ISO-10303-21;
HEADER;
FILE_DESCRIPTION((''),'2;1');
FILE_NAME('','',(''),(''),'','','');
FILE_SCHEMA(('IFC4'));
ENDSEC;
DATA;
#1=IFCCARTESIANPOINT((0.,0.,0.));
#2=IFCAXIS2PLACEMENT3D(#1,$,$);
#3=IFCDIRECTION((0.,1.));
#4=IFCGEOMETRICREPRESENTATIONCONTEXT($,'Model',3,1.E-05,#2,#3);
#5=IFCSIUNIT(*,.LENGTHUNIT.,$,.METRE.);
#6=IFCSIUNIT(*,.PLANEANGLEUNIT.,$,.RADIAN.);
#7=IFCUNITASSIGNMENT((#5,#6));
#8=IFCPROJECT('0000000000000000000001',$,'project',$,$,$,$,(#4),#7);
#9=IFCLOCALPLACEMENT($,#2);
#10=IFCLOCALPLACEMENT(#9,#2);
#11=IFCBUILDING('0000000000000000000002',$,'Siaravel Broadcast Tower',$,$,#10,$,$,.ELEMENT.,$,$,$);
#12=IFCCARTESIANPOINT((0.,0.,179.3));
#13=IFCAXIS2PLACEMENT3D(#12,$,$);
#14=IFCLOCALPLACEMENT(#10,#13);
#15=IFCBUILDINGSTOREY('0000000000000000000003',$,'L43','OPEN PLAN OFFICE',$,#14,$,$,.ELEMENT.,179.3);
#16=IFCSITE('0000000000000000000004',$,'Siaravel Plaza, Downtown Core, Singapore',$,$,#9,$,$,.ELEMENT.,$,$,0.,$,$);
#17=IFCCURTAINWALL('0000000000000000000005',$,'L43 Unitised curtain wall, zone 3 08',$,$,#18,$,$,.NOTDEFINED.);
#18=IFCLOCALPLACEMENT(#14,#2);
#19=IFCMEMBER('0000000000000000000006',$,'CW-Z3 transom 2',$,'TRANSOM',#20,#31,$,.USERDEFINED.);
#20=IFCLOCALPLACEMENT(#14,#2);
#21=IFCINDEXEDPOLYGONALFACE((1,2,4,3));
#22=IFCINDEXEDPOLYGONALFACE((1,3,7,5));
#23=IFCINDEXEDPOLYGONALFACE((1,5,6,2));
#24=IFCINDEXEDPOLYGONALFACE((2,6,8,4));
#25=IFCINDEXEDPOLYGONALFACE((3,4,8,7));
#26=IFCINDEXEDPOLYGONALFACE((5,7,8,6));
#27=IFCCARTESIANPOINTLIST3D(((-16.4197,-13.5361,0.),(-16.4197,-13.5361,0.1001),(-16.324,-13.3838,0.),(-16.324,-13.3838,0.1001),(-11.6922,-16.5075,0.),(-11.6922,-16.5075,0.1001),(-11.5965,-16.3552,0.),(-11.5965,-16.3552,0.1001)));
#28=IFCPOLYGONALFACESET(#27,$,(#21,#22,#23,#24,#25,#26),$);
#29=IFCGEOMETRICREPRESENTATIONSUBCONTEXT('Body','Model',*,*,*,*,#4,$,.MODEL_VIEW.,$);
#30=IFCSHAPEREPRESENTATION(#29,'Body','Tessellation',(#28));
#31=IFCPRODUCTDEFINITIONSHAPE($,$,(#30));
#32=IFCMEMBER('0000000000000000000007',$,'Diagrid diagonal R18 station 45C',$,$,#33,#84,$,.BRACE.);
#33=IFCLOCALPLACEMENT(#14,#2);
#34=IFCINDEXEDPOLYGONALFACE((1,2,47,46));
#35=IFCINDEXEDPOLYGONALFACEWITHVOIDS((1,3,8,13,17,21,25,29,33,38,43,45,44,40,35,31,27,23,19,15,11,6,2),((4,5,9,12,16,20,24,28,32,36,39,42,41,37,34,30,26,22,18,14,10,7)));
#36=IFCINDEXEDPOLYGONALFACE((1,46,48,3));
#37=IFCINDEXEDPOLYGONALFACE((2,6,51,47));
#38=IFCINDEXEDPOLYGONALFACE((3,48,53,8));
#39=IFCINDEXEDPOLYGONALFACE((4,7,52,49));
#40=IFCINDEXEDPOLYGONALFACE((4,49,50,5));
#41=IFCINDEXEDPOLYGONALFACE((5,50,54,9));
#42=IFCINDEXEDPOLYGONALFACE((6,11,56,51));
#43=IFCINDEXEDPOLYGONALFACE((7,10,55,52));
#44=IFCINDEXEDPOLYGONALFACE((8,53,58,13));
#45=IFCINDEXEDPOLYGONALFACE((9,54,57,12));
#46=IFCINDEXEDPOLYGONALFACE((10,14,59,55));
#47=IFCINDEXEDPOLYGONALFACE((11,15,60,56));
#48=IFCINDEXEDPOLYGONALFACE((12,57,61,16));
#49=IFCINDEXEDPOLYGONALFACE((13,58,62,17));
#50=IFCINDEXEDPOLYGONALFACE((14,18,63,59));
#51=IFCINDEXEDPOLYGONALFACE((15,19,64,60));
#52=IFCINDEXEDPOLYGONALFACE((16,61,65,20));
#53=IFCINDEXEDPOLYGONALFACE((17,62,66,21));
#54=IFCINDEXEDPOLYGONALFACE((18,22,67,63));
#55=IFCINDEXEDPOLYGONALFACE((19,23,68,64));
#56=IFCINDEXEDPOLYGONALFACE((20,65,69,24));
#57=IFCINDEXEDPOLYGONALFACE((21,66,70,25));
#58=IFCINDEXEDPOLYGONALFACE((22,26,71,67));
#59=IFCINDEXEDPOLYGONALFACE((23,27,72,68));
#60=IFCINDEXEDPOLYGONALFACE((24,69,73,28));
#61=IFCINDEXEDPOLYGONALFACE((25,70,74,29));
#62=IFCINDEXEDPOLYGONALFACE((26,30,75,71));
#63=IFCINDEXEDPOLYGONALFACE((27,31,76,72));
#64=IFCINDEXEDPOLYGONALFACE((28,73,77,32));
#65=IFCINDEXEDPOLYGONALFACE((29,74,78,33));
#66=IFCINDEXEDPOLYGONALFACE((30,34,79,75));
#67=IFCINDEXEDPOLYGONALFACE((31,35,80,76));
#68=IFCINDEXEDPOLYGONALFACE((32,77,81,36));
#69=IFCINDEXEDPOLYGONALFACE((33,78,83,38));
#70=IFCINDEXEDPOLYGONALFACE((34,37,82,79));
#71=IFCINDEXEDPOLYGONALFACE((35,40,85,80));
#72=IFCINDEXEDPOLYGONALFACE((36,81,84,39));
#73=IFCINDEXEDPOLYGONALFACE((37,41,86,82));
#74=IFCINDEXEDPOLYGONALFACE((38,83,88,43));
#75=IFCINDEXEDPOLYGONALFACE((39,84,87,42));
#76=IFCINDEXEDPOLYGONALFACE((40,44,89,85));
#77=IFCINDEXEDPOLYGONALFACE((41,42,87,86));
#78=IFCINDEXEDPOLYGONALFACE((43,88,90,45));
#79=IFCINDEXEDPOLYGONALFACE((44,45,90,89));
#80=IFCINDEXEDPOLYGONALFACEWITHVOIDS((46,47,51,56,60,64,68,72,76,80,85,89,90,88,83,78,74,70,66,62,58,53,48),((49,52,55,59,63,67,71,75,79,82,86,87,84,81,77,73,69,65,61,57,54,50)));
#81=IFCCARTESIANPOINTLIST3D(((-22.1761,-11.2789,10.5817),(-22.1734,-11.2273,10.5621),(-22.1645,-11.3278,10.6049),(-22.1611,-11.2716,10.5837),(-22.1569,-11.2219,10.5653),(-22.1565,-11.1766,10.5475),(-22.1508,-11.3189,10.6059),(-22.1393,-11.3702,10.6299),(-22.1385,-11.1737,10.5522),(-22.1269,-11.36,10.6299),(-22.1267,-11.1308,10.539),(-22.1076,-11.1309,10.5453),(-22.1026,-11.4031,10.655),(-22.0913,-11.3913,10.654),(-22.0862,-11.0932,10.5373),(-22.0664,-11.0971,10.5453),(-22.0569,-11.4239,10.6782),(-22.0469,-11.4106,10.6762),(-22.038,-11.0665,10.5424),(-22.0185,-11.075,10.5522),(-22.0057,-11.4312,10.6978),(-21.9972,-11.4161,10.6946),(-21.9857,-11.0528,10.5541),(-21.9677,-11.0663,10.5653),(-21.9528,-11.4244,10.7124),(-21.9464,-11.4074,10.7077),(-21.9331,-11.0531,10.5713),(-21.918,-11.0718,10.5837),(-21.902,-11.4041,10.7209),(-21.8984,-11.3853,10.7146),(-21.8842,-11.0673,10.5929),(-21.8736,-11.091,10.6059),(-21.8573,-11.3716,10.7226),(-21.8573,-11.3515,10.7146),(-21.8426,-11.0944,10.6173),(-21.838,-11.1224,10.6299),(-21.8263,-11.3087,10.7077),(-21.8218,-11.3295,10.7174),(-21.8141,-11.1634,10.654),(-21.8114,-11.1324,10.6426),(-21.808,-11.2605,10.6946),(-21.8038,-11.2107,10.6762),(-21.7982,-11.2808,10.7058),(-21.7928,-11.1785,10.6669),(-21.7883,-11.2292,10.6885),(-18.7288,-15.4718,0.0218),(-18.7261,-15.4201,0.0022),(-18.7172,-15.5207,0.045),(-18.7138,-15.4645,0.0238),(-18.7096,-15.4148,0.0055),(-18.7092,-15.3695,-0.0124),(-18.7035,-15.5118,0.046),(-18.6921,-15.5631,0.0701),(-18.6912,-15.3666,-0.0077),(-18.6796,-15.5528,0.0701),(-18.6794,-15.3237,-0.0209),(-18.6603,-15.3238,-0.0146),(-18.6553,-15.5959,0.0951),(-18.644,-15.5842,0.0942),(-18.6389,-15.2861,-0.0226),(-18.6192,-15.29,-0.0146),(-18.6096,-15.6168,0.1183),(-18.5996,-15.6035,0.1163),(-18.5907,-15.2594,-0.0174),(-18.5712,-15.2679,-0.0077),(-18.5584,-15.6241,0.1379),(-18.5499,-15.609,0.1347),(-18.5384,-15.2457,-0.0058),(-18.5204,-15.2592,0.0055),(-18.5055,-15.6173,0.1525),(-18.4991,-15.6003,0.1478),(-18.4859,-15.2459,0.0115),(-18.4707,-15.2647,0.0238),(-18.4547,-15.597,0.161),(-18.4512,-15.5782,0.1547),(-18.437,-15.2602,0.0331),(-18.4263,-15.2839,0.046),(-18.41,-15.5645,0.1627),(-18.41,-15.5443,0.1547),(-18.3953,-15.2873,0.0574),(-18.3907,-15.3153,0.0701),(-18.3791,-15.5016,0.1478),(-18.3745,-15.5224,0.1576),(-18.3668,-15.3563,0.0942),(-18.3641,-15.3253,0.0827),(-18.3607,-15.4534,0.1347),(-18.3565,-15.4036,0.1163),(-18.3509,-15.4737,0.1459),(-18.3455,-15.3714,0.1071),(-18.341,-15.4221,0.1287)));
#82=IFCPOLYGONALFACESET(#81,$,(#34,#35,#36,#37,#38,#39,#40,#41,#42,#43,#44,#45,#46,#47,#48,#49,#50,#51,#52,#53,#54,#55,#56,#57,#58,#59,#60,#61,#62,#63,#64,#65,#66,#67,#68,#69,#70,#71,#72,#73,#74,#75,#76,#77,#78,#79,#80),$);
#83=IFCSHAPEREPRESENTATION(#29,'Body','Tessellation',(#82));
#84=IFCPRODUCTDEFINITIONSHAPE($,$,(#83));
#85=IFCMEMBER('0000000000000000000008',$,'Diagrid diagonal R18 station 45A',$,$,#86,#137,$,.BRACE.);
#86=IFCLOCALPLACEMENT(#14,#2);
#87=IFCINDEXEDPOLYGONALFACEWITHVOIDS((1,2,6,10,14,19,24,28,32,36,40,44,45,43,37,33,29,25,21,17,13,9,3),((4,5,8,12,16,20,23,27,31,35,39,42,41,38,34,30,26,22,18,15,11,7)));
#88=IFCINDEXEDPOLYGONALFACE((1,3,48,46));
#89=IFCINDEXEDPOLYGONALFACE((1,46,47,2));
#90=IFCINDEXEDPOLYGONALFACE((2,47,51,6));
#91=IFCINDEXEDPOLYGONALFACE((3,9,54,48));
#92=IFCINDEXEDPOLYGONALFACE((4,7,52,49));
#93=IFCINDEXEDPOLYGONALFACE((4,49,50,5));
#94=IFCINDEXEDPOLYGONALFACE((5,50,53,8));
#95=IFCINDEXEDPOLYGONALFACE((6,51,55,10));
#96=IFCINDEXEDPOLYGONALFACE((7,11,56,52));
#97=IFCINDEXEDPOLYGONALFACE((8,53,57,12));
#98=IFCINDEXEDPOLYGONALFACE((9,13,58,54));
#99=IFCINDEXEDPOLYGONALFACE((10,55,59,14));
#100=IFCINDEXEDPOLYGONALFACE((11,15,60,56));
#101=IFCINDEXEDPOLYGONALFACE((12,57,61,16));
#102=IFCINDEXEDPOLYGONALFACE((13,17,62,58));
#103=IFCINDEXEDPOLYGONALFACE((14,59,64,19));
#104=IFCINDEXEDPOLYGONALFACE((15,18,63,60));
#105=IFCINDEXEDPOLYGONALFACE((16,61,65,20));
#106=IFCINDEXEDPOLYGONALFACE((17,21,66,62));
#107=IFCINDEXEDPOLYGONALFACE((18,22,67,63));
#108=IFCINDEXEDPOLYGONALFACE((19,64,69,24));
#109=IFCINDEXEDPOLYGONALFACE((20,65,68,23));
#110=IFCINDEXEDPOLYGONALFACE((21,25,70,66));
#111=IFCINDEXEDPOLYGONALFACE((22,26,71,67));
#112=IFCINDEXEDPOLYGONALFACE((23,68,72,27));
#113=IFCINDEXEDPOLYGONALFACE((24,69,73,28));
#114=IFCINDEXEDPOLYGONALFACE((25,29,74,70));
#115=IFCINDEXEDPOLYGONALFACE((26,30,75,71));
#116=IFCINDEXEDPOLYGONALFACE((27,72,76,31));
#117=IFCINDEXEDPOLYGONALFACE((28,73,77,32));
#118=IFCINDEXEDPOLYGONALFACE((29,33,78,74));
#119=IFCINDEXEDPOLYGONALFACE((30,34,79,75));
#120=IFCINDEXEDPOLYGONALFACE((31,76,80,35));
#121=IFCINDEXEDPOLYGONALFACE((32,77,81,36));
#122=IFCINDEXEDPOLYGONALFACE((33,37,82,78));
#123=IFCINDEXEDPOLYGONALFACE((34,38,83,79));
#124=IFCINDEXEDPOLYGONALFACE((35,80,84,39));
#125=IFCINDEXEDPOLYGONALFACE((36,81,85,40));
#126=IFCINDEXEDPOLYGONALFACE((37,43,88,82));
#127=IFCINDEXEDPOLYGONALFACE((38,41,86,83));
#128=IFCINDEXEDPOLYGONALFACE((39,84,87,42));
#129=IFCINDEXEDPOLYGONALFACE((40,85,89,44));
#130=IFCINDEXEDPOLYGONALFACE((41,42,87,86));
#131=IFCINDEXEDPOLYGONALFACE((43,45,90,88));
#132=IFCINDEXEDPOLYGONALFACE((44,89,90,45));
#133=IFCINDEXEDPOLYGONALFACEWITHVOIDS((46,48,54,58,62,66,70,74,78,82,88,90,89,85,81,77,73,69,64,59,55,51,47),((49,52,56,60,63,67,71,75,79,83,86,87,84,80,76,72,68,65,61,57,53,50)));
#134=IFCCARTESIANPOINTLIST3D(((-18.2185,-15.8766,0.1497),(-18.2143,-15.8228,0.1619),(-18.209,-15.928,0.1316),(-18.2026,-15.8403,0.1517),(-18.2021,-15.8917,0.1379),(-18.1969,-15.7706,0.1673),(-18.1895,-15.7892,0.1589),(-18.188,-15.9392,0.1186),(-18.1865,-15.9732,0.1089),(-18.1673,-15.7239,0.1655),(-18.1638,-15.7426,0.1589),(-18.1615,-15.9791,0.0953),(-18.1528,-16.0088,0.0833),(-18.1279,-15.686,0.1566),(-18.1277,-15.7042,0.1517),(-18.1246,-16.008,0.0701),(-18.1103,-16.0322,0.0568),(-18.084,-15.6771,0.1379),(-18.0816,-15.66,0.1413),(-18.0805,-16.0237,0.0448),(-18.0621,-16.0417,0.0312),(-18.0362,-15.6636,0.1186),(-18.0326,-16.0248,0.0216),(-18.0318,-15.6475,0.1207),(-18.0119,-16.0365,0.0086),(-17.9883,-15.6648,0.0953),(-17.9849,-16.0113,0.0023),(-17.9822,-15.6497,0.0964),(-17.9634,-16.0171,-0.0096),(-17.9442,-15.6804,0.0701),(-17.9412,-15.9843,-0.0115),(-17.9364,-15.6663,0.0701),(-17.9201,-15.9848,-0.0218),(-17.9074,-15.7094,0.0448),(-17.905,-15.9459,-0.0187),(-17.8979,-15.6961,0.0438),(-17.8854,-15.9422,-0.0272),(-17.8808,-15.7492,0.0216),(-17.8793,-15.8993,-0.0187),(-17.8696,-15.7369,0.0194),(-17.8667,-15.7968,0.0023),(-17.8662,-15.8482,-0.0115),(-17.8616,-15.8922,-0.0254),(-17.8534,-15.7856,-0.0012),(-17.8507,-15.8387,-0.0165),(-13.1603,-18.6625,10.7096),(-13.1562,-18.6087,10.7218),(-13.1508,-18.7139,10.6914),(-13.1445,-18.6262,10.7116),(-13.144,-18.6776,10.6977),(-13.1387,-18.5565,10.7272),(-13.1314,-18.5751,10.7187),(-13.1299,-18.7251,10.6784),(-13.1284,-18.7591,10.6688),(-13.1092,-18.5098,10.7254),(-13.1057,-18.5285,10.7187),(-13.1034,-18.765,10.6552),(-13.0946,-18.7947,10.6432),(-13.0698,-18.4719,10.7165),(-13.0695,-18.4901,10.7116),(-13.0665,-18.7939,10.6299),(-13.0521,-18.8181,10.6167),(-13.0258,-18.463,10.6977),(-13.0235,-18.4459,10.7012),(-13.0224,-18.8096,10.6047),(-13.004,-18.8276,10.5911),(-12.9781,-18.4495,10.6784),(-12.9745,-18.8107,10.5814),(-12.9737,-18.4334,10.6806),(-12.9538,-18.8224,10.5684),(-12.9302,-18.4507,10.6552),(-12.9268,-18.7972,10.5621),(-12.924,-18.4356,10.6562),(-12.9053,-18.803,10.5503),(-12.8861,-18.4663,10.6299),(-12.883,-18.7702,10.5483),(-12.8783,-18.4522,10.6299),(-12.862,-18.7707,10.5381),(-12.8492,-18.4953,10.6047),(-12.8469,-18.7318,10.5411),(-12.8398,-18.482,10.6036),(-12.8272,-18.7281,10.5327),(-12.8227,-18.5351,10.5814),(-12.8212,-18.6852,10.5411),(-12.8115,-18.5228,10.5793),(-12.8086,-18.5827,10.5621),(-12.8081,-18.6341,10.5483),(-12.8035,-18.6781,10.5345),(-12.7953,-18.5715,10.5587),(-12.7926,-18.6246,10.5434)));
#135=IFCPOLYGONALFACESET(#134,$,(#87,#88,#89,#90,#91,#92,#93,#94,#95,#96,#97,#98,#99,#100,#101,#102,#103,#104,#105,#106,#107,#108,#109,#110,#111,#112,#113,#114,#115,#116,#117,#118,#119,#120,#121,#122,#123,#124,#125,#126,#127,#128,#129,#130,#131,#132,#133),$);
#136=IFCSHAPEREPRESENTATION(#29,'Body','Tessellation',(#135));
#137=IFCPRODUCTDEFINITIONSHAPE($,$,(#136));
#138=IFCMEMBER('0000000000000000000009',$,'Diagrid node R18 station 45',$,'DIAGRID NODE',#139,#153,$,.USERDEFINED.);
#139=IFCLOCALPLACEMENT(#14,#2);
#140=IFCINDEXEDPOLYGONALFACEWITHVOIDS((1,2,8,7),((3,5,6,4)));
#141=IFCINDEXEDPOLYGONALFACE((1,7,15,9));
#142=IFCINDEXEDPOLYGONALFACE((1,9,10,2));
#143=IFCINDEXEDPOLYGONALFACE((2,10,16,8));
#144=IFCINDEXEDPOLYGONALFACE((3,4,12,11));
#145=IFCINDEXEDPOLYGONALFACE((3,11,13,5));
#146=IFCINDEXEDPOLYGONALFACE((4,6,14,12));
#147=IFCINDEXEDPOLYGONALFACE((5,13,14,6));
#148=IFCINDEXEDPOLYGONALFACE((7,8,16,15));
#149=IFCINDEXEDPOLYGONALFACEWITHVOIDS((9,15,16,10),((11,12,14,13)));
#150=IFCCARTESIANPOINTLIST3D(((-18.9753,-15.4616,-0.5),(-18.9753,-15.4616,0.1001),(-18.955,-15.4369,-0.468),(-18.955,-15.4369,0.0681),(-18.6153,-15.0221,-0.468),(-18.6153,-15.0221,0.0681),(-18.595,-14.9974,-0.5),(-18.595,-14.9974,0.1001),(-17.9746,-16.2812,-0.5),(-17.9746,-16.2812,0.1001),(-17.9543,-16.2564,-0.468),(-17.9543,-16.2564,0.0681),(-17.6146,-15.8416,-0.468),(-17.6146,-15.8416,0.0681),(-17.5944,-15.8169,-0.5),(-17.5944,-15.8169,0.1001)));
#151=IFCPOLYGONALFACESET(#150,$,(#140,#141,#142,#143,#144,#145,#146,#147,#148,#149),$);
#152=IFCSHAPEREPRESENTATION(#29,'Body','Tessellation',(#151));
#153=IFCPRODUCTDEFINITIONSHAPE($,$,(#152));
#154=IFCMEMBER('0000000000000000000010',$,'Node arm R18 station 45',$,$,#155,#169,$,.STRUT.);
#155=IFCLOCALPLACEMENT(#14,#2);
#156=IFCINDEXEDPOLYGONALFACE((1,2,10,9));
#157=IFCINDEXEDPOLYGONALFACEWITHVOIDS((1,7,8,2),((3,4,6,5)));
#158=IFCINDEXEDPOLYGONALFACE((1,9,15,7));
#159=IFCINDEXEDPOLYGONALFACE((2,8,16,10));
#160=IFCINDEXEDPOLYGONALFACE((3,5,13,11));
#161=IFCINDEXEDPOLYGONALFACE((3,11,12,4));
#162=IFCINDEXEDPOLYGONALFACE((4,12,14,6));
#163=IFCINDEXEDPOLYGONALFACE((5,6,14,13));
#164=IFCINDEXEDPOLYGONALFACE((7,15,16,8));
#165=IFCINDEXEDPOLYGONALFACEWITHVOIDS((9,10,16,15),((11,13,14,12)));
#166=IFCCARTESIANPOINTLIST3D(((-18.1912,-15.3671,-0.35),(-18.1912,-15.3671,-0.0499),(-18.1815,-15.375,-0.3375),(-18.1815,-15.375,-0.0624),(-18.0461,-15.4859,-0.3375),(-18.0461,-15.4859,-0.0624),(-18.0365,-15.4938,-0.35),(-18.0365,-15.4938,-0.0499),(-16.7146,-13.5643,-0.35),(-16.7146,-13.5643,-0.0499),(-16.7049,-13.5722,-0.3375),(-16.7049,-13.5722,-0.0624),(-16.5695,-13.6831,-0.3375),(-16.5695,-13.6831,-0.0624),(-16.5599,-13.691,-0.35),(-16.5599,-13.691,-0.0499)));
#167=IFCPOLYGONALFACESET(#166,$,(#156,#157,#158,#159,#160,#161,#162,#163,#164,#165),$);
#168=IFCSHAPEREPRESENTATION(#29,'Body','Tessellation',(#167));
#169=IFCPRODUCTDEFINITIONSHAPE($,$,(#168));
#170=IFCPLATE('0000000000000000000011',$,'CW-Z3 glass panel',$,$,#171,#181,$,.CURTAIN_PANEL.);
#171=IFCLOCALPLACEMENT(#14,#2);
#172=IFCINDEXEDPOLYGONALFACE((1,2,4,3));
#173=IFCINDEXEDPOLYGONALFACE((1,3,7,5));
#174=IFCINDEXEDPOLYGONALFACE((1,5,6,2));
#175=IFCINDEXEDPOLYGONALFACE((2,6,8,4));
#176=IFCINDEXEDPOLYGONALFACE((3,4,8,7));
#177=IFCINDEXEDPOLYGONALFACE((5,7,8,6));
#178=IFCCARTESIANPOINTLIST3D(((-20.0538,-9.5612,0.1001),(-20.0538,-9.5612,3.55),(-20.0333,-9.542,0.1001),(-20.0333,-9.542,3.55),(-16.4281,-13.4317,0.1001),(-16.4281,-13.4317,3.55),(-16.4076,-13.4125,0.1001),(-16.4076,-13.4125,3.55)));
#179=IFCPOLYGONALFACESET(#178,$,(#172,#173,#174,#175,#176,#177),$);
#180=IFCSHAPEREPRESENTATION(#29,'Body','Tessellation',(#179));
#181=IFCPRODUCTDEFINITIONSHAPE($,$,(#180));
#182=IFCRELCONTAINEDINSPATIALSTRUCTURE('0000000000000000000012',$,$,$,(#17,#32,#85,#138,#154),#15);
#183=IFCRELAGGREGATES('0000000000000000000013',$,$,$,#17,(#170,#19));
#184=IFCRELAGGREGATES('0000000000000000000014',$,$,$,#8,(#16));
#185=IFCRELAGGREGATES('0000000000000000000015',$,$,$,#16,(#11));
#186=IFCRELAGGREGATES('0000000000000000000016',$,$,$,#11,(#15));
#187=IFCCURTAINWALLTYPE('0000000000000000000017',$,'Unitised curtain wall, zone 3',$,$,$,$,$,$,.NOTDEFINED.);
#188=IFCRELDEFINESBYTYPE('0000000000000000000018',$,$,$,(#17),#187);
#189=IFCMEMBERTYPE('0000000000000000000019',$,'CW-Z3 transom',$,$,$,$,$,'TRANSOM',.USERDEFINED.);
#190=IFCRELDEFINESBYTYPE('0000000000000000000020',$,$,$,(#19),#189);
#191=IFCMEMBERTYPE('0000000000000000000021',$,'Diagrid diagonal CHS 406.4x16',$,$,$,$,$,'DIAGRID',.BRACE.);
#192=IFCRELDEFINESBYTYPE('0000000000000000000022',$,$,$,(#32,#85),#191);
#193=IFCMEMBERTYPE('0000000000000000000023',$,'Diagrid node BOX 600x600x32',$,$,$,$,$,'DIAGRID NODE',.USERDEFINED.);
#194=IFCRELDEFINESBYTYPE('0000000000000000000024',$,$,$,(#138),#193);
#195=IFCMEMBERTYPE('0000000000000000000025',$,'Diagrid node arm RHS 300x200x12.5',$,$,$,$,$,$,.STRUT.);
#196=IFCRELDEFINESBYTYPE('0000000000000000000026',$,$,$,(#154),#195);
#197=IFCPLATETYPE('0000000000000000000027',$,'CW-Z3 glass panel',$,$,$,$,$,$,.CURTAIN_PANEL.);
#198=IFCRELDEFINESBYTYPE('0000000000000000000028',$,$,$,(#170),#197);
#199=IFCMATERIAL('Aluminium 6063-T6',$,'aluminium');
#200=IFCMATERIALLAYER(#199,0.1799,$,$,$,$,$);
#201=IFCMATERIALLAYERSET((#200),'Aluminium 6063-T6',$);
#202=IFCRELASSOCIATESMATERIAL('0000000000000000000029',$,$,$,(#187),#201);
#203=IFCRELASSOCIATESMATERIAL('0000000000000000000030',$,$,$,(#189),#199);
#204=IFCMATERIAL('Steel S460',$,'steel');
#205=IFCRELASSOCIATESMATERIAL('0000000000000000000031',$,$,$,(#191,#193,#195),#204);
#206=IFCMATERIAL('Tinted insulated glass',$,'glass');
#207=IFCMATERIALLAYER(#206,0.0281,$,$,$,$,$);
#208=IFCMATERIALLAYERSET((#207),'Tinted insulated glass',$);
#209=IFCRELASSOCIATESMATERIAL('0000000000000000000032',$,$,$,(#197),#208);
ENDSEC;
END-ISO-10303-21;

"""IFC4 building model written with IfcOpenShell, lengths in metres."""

from ifc_helpers import new_model, si_unit, direction, frame, origin, origin_2d, place, context, subcontext, project, spatial, rectangle, hollow_rectangle, hollow_circle, extrude, material, layer, layer_set, material_profile, profile_set, type_object, element, aggregate, save


model = new_model("IFC4")

# Units and contexts
model_context = context("Model", 3, precision=1e-05, world=origin(), true_north=direction((0.0, 1.0)))
body_context = subcontext(model_context, "Body", "Model", "MODEL_VIEW")
ifc_project = project(units=[si_unit("LENGTHUNIT", "METRE"), si_unit("PLANEANGLEUNIT", "RADIAN")], contexts=[model_context])

# Site, building, storey
site_placement = place(None, origin())
site = spatial("IfcSite", under=ifc_project, at=site_placement, Name="Siaravel Plaza, Downtown Core, Singapore", CompositionType="ELEMENT", RefElevation=0.0)
building_placement = place(site_placement, origin())
building = spatial("IfcBuilding", under=site, at=building_placement, Name="Siaravel Broadcast Tower", CompositionType="ELEMENT")
storey_placement = place(building_placement, frame((0.0, 0.0, 179.3)))
storey = spatial("IfcBuildingStorey", under=building, at=storey_placement, Name="L43", Description="OPEN PLAN OFFICE", CompositionType="ELEMENT", Elevation=179.3)

# Shared definitions
ifc_material_1 = material(Name="Aluminium 6063-T6", Category="aluminium")
ifc_layer_1 = layer(ifc_material_1, 0.1799)
ifc_layer_set_1 = layer_set([ifc_layer_1], Name="Aluminium 6063-T6")
curtain_wall_type = type_object("IfcCurtainWallType", Name="Unitised curtain wall, zone 3", PredefinedType="NOTDEFINED", material=ifc_layer_set_1)

# Curtain wall, member
curtain_wall_1_placement = place(storey_placement, origin())
curtain_wall_1 = element("IfcCurtainWall", 1, at=curtain_wall_1_placement, inside=storey, type_object=curtain_wall_type, Name="L43 Unitised curtain wall, zone 3 08", PredefinedType="NOTDEFINED")
ifc_material_profile_1 = material_profile(ifc_material_1, rectangle(XDim=0.1799, YDim=0.1001, at=origin_2d()))
ifc_profile_set_1 = profile_set([ifc_material_profile_1], Name="Aluminium 6063-T6")
member_type_1 = type_object("IfcMemberType", Name="CW-Z3 transom", ElementType="TRANSOM", PredefinedType="USERDEFINED", material=ifc_profile_set_1)
member_1_placement = place(storey_placement, frame((-16.3718, -13.46, 0.05), z_axis=(0.846649, -0.532151, 0.0), x_axis=(0.532151, 0.846649, 0.0)))
member_1 = element("IfcMember", 2, at=member_1_placement, type_object=member_type_1, Name="CW-Z3 transom 2", ObjectType="TRANSOM", PredefinedType="USERDEFINED", context=body_context, shape_type="SweptSolid", body=[
    extrude(rectangle(XDim=0.1799, YDim=0.1001, at=origin_2d()), origin(), (0.0, 0.0, 1.0), 5.5837),
])

# Members
ifc_material_2 = material(Name="Steel S460", Category="steel")
ifc_material_profile_2 = material_profile(ifc_material_2, hollow_circle(Radius=0.2031, WallThickness=0.0161, at=origin_2d()))
ifc_profile_set_2 = profile_set([ifc_material_profile_2], Name="Steel S460")
member_type_2 = type_object("IfcMemberType", Name="Diagrid diagonal CHS 406.4x16", ElementType="DIAGRID", PredefinedType="BRACE", material=ifc_profile_set_2)
member_2_placement = place(storey_placement, frame((-18.5352, -15.4341, 0.0701), z_axis=(-0.290339, 0.353137, 0.88938), x_axis=(-0.772444, -0.635083, 0.0)))
element("IfcMember", 3, at=member_2_placement, inside=storey, type_object=member_type_2, Name="Diagrid diagonal R18 station 45C", PredefinedType="BRACE", context=body_context, shape_type="SweptSolid", body=[
    extrude(hollow_circle(Radius=0.2031, WallThickness=0.0161, at=origin_2d()), origin(), (0.0, 0.0, 1.0), 11.8733),
])
member_3_placement = place(storey_placement, frame((-18.0344, -15.8442, 0.0701), z_axis=(0.420263, -0.231471, 0.877383), x_axis=(0.482441, 0.875928, 0.0)))
element("IfcMember", 4, at=member_3_placement, inside=storey, type_object=member_type_2, Name="Diagrid diagonal R18 station 45A", PredefinedType="BRACE", context=body_context, shape_type="SweptSolid", body=[
    extrude(hollow_circle(Radius=0.2031, WallThickness=0.0161, at=origin_2d()), origin(), (0.0, 0.0, 1.0), 12.0356),
])
ifc_material_profile_3 = material_profile(ifc_material_2, hollow_rectangle(XDim=0.6001, YDim=0.6001, WallThickness=0.032, at=origin_2d()))
ifc_profile_set_3 = profile_set([ifc_material_profile_3], Name="Steel S460")
member_type_3 = type_object("IfcMemberType", Name="Diagrid node BOX 600x600x32", ElementType="DIAGRID NODE", PredefinedType="USERDEFINED", material=ifc_profile_set_3)
member_4_placement = place(storey_placement, frame((-18.7852, -15.2295, -0.2), z_axis=(0.773654, -0.633608, 0.0), x_axis=(0.633608, 0.773654, 0.0)))
element("IfcMember", 5, at=member_4_placement, inside=storey, type_object=member_type_3, Name="Diagrid node R18 station 45", ObjectType="DIAGRID NODE", PredefinedType="USERDEFINED", context=body_context, shape_type="SweptSolid", body=[
    extrude(hollow_rectangle(XDim=0.6001, YDim=0.6001, WallThickness=0.032, at=origin_2d()), origin(), (0.0, 0.0, 1.0), 1.2935),
])
ifc_material_profile_4 = material_profile(ifc_material_2, hollow_rectangle(XDim=0.2, YDim=0.3, WallThickness=0.0125, at=origin_2d()))
ifc_profile_set_4 = profile_set([ifc_material_profile_4], Name="Steel S460")
member_type_4 = type_object("IfcMemberType", Name="Diagrid node arm RHS 300x200x12.5", PredefinedType="STRUT", material=ifc_profile_set_4)
member_5_placement = place(storey_placement, frame((-16.6372, -13.6277, -0.2), z_axis=(-0.633648, -0.773621, 0.0), x_axis=(0.773621, -0.633648, 0.0)))
element("IfcMember", 6, at=member_5_placement, inside=storey, type_object=member_type_4, Name="Node arm R18 station 45", PredefinedType="STRUT", context=body_context, shape_type="SweptSolid", body=[
    extrude(hollow_rectangle(XDim=0.2, YDim=0.3, WallThickness=0.0125, at=origin_2d()), origin(), (0.0, 0.0, 1.0), 2.3303),
])

# Plate
ifc_material_3 = material(Name="Tinted insulated glass", Category="glass")
ifc_layer_2 = layer(ifc_material_3, 0.0281)
ifc_layer_set_2 = layer_set([ifc_layer_2], Name="Tinted insulated glass")
plate_type = type_object("IfcPlateType", Name="CW-Z3 glass panel", PredefinedType="CURTAIN_PANEL", material=ifc_layer_set_2)
plate_1_placement = place(storey_placement, frame((-18.2307, -11.4868, 0.1001), z_axis=(0.0, 0.0, 1.0), x_axis=(0.683655, -0.729805, 0.0)))
plate_1 = element("IfcPlate", 7, at=plate_1_placement, type_object=plate_type, Name="CW-Z3 glass panel", PredefinedType="CURTAIN_PANEL", context=body_context, shape_type="SweptSolid", body=[
    extrude(rectangle(XDim=5.3035, YDim=0.0281, at=origin_2d()), origin(), (0.0, 0.0, 1.0), 3.45),
])
aggregate(curtain_wall_1, [plate_1, member_1])

save(model, "model.ifc")
